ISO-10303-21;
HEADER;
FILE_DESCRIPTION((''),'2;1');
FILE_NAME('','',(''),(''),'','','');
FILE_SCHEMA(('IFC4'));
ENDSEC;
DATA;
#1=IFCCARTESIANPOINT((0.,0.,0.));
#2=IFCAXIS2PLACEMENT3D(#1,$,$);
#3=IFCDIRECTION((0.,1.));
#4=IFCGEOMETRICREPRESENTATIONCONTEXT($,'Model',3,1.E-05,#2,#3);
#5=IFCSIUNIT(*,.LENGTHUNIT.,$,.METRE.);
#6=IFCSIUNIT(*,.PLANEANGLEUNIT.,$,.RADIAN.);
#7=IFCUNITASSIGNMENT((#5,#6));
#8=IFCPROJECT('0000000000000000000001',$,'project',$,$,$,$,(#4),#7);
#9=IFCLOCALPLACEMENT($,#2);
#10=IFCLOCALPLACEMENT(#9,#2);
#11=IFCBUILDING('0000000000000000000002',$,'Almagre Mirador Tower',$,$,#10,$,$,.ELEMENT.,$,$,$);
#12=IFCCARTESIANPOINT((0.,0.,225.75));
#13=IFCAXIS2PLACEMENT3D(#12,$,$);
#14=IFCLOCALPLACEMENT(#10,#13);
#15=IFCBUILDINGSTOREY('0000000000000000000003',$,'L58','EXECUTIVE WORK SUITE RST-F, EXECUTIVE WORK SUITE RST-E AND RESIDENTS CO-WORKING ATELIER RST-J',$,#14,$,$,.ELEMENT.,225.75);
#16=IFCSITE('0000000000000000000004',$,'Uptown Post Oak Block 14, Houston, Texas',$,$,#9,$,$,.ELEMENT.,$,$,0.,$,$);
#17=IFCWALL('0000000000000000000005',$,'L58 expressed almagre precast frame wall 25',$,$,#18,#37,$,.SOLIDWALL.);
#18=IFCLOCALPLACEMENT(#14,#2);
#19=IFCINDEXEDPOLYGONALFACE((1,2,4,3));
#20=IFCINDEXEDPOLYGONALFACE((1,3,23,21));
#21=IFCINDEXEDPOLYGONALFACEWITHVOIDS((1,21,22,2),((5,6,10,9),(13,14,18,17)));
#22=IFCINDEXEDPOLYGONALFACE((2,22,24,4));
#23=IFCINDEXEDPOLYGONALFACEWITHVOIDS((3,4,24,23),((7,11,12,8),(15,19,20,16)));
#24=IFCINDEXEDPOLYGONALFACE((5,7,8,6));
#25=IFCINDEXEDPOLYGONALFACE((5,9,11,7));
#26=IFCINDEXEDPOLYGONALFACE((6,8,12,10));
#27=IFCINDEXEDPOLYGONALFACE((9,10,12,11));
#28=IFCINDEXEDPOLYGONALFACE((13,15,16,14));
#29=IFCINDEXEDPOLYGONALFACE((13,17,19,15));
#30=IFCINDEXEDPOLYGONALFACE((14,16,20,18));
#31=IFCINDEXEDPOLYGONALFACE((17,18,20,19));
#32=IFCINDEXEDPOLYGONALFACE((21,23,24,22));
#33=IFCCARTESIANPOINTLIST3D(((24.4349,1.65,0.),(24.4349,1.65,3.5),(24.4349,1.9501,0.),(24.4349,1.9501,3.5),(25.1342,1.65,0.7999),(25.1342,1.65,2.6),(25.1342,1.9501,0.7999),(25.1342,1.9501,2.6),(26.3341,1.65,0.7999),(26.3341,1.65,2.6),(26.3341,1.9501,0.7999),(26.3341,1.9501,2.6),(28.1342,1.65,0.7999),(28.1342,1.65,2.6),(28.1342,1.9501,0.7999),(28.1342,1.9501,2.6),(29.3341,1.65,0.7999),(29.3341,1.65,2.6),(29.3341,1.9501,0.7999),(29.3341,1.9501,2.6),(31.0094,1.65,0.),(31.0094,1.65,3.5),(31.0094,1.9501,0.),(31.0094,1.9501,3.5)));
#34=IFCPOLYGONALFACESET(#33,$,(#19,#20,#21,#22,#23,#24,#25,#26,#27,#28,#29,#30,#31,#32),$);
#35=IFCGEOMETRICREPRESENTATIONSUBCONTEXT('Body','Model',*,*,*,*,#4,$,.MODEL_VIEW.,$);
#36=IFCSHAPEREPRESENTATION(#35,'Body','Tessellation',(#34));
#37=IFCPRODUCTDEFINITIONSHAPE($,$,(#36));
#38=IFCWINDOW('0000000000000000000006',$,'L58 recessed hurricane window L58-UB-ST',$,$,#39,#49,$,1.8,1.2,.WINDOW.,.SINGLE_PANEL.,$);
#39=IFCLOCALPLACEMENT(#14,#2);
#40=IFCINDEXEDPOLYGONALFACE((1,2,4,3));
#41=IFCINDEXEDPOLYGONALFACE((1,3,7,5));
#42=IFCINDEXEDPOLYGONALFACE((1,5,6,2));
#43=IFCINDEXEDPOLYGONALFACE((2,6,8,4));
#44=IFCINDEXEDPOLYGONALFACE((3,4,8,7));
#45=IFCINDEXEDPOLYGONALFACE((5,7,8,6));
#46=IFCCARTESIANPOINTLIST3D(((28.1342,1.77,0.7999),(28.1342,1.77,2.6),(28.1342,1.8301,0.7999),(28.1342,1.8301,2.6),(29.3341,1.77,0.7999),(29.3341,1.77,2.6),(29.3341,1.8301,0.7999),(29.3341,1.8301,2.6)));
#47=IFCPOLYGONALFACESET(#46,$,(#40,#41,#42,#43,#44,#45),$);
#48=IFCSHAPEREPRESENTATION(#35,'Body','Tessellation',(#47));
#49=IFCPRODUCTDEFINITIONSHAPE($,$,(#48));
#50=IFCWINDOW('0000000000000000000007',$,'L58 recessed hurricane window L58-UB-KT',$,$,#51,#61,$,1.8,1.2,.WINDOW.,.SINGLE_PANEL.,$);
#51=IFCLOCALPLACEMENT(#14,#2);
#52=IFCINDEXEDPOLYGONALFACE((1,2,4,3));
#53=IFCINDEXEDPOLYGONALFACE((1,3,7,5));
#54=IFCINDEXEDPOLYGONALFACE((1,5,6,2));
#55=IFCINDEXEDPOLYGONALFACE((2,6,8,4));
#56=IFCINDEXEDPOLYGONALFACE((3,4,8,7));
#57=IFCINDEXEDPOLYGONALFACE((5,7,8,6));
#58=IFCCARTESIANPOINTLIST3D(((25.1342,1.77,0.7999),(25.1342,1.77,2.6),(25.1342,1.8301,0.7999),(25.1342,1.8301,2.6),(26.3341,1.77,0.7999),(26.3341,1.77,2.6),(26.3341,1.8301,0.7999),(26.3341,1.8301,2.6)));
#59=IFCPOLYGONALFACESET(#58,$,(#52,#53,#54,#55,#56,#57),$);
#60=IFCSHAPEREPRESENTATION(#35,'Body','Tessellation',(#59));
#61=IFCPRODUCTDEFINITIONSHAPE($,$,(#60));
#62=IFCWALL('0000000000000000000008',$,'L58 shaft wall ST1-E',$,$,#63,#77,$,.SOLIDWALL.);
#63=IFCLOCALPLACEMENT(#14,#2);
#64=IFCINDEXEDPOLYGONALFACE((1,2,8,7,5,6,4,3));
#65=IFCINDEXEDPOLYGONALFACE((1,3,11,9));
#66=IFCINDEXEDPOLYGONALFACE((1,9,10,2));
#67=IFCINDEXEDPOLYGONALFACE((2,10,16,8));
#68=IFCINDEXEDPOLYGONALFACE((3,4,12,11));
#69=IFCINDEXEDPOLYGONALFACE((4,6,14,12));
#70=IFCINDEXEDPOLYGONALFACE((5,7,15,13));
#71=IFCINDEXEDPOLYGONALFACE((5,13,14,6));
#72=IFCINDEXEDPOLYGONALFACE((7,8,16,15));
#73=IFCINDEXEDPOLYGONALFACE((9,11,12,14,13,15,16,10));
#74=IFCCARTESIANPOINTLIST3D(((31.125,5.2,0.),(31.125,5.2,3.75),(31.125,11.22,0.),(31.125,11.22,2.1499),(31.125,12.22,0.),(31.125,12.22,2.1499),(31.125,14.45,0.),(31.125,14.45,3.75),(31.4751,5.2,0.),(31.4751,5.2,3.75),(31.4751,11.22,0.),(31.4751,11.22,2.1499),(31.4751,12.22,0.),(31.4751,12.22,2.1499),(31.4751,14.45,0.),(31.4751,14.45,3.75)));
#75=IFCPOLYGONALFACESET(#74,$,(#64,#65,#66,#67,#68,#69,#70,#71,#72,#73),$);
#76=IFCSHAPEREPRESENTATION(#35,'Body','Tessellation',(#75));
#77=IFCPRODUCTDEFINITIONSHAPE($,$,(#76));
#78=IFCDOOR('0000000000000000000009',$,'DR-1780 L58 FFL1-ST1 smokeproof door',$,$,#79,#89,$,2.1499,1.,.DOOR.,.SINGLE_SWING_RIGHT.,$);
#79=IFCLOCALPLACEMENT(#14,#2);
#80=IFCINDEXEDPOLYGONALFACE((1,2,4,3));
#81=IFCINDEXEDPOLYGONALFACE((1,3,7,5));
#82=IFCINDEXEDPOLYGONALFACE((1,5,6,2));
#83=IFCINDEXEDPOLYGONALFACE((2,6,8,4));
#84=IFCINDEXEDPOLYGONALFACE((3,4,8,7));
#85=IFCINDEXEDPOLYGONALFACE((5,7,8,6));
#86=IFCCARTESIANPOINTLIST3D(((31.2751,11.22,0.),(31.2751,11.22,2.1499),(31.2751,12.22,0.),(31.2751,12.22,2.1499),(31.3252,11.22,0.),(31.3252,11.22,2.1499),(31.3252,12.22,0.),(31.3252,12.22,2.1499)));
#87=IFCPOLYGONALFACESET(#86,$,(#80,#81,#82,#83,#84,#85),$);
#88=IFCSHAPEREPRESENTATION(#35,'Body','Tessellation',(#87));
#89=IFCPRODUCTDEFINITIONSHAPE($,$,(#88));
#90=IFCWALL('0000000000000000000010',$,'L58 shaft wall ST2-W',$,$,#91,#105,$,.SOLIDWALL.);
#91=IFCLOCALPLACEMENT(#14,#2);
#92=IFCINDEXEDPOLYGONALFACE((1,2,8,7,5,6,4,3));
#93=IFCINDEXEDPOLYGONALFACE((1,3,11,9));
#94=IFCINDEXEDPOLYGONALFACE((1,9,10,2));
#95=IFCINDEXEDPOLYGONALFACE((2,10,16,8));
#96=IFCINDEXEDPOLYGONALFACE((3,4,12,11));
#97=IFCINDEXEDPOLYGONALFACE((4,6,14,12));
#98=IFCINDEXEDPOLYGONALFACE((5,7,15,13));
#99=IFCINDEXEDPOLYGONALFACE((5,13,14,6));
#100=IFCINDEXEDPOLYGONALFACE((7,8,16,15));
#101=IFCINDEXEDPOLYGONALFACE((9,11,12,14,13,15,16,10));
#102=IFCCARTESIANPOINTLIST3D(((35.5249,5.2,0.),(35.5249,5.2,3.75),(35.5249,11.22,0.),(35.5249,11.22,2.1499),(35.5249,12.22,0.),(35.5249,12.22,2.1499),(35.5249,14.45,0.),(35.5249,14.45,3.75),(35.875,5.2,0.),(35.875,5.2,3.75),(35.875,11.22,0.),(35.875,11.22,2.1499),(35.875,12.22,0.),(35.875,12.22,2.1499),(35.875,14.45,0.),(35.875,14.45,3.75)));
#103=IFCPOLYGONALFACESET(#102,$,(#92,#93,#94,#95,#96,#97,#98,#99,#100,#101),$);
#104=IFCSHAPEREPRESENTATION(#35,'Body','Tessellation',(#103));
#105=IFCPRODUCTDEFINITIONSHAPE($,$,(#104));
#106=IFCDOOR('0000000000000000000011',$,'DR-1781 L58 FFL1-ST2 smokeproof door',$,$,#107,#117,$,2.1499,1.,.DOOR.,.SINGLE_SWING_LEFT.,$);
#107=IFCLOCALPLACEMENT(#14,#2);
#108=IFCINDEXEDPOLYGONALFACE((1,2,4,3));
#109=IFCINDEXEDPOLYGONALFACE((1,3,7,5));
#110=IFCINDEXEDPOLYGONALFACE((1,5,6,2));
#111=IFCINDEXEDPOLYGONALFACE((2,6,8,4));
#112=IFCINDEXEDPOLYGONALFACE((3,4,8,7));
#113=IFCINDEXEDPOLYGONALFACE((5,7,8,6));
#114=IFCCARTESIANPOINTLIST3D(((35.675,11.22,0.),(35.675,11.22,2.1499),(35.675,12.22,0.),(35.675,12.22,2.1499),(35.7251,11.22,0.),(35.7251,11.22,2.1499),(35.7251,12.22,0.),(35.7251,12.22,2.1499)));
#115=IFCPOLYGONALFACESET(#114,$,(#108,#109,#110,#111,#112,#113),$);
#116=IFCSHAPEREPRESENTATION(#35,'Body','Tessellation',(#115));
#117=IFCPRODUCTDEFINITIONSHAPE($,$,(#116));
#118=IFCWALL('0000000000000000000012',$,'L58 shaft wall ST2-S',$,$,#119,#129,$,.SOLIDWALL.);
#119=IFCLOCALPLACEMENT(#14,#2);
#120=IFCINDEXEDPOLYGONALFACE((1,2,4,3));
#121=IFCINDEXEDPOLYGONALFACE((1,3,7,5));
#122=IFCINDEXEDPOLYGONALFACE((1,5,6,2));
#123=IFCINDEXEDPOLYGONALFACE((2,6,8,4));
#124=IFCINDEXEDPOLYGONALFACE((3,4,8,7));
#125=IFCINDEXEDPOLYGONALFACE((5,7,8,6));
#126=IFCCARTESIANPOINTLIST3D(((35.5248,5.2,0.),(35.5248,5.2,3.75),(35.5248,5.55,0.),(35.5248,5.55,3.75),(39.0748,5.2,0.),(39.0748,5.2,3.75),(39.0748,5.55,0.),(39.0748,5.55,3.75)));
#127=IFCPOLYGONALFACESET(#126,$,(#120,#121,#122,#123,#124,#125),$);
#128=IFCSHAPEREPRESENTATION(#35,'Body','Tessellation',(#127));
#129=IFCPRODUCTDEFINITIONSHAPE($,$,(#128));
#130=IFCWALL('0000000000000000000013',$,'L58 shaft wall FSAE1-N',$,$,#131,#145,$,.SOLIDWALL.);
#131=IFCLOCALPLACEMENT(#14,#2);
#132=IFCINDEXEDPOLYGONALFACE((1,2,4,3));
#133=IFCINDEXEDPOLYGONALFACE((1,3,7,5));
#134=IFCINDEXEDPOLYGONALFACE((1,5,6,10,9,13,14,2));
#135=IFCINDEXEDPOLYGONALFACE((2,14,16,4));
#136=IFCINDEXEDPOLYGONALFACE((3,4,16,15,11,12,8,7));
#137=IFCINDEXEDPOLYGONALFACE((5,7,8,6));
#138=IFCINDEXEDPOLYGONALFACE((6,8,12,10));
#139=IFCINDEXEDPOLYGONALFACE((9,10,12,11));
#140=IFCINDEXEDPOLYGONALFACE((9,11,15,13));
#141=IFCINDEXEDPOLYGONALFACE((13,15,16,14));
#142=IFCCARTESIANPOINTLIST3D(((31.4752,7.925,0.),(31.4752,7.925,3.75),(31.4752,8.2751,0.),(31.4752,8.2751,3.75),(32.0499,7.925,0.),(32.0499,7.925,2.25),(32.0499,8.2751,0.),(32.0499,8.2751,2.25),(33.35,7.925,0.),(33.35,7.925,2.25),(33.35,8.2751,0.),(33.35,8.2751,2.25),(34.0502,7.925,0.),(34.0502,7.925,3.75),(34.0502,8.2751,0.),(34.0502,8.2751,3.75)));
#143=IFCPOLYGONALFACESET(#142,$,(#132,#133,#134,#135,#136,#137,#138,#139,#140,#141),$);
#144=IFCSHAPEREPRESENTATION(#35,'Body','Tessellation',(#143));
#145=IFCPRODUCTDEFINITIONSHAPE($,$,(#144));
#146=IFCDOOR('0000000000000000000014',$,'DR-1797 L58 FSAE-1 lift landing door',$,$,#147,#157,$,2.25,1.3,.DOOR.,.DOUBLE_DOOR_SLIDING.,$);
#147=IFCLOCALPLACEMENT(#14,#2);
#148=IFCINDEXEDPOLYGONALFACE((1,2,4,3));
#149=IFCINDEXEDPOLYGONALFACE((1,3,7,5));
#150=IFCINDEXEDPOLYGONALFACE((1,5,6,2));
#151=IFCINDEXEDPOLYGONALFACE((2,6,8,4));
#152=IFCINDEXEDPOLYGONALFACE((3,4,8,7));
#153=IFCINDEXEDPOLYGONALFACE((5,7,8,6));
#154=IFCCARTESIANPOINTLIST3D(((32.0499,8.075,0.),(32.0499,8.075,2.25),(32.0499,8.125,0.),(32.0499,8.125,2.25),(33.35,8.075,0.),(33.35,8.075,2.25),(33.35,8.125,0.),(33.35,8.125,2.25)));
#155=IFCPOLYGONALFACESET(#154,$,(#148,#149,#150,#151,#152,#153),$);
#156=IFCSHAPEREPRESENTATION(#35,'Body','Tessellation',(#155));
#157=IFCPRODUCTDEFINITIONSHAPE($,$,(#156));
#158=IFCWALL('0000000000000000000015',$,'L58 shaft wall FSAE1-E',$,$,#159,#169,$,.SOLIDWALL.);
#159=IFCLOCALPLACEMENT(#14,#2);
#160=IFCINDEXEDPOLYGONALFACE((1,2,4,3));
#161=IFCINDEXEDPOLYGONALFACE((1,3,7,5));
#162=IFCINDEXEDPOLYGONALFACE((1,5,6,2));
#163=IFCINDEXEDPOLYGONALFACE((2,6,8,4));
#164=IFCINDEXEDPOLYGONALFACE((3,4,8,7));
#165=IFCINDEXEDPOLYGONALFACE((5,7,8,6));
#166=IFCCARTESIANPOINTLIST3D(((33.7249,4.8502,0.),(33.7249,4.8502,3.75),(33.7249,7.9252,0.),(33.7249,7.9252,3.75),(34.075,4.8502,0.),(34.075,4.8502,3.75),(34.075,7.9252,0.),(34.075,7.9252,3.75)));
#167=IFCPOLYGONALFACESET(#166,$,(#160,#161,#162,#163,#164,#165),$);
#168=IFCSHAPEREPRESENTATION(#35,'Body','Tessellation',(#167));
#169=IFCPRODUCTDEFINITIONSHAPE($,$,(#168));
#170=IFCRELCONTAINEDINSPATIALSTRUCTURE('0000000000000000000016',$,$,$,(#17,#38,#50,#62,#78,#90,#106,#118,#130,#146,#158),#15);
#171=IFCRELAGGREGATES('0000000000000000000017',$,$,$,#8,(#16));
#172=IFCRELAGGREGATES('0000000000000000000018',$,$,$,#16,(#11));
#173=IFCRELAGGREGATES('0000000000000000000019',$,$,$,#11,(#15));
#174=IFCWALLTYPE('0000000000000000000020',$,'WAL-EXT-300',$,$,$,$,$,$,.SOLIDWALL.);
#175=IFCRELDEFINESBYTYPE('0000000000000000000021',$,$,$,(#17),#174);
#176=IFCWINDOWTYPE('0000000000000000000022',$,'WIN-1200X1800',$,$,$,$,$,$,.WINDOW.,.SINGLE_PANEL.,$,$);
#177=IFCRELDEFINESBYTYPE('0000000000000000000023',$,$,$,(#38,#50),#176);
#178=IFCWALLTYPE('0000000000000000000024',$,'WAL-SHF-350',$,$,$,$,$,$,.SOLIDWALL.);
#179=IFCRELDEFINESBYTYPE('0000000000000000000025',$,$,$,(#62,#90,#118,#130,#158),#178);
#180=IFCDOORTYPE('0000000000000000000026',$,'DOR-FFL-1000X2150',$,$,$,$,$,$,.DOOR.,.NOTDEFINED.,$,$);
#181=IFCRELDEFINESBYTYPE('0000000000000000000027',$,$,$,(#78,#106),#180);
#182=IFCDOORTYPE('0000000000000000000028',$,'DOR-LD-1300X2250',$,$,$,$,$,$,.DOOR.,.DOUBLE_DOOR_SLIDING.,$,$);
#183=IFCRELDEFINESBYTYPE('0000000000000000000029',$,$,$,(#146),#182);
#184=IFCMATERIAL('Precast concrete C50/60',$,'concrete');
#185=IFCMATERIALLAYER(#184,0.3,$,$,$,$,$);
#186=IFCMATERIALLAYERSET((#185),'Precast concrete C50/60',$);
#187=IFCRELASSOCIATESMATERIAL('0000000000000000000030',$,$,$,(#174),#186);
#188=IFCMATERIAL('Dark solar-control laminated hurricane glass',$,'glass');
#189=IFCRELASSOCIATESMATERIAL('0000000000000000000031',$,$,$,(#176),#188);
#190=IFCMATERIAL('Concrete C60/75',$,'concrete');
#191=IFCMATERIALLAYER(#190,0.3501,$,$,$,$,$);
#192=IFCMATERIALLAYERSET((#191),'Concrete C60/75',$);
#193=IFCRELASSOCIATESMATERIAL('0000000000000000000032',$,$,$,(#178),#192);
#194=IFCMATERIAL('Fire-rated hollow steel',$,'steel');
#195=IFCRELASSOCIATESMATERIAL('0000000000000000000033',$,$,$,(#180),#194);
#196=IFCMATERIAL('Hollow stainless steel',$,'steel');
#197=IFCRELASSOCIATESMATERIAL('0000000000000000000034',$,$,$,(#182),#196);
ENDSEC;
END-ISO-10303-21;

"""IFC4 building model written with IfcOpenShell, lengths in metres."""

from ifc_helpers import new_model, si_unit, direction, frame, frame_2d, origin, place, context, subcontext, project, spatial, rectangle, extrude, material, layer, layer_set, type_object, element, fill, save


model = new_model("IFC4")

# Units and contexts
model_context = context("Model", 3, precision=1e-05, world=origin(), true_north=direction((0.0, 1.0)))
body_context = subcontext(model_context, "Body", "Model", "MODEL_VIEW")
ifc_project = project(units=[si_unit("LENGTHUNIT", "METRE"), si_unit("PLANEANGLEUNIT", "RADIAN")], contexts=[model_context])

# Site, building, storey
site_placement = place(None, origin())
site = spatial("IfcSite", under=ifc_project, at=site_placement, Name="Uptown Post Oak Block 14, Houston, Texas", CompositionType="ELEMENT", RefElevation=0.0)
building_placement = place(site_placement, origin())
building = spatial("IfcBuilding", under=site, at=building_placement, Name="Almagre Mirador Tower", CompositionType="ELEMENT")
storey_placement = place(building_placement, frame((0.0, 0.0, 225.75)))
storey = spatial("IfcBuildingStorey", under=building, at=storey_placement, Name="L58", Description="EXECUTIVE WORK SUITE RST-F, EXECUTIVE WORK SUITE RST-E AND RESIDENTS CO-WORKING ATELIER RST-J", CompositionType="ELEMENT", Elevation=225.75)

# Wall, openings, windows
ifc_material_1 = material(Name="Precast concrete C50/60", Category="concrete")
ifc_layer_1 = layer(ifc_material_1, 0.3)
ifc_layer_set_1 = layer_set([ifc_layer_1], Name="Precast concrete C50/60")
wall_type_1 = type_object("IfcWallType", Name="WAL-EXT-300", PredefinedType="SOLIDWALL", material=ifc_layer_set_1)
wall_1_placement = place(storey_placement, frame((31.0093, 1.8, 0.0), z_axis=(0.0, 0.0, 1.0), x_axis=(-1.0, 0.0, 0.0)))
wall_1 = element("IfcWall", 1, at=wall_1_placement, inside=storey, type_object=wall_type_1, Name="L58 expressed almagre precast frame wall 25", PredefinedType="SOLIDWALL", context=body_context, shape_type="SweptSolid", body=[
    extrude(rectangle(XDim=6.5745, YDim=0.3, at=frame_2d((3.2871, 0.0))), origin(), (0.0, 0.0, 1.0), 3.5),
])
opening_1_placement = place(wall_1_placement, frame((1.675, 0.0, 0.8)))
opening_1 = element("IfcOpeningElement", 2, at=opening_1_placement, cuts=wall_1, PredefinedType="OPENING", context=body_context, shape_type="SweptSolid", body=[
    extrude(rectangle(XDim=1.2, YDim=1.8, at=frame_2d((0.6001, 0.8999))), frame((0.0, 0.1599, 0.0), z_axis=(0.0, -1.0, 0.0), x_axis=(1.0, 0.0, 0.0)), (0.0, 0.0, 1.0), 0.32),
])
opening_2_placement = place(wall_1_placement, frame((4.675, 0.0, 0.8)))
opening_2 = element("IfcOpeningElement", 3, at=opening_2_placement, cuts=wall_1, PredefinedType="OPENING", context=body_context, shape_type="SweptSolid", body=[
    extrude(rectangle(XDim=1.2, YDim=1.8, at=frame_2d((0.6001, 0.8999))), frame((0.0, 0.1599, 0.0), z_axis=(0.0, -1.0, 0.0), x_axis=(1.0, 0.0, 0.0)), (0.0, 0.0, 1.0), 0.32),
])
ifc_material_2 = material(Name="Dark solar-control laminated hurricane glass", Category="glass")
window_type = type_object("IfcWindowType", Name="WIN-1200X1800", PartitioningType="SINGLE_PANEL", PredefinedType="WINDOW", material=ifc_material_2)
window_1_placement = place(opening_1_placement, origin())
window_1 = element("IfcWindow", 4, at=window_1_placement, inside=storey, type_object=window_type, Name="L58 recessed hurricane window L58-UB-ST", OverallHeight=1.8, OverallWidth=1.2, PartitioningType="SINGLE_PANEL", PredefinedType="WINDOW", context=body_context, shape_type="SweptSolid", body=[
    extrude(rectangle(XDim=1.2, YDim=1.8, at=frame_2d((0.6001, 0.8999))), frame((0.0, 0.03, 0.0), z_axis=(0.0, -1.0, 0.0), x_axis=(1.0, 0.0, 0.0)), (0.0, 0.0, 1.0), 0.0601),
])
fill(opening_1, window_1)
window_2_placement = place(opening_2_placement, origin())
window_2 = element("IfcWindow", 5, at=window_2_placement, inside=storey, type_object=window_type, Name="L58 recessed hurricane window L58-UB-KT", OverallHeight=1.8, OverallWidth=1.2, PartitioningType="SINGLE_PANEL", PredefinedType="WINDOW", context=body_context, shape_type="SweptSolid", body=[
    extrude(rectangle(XDim=1.2, YDim=1.8, at=frame_2d((0.6001, 0.8999))), frame((0.0, 0.03, 0.0), z_axis=(0.0, -1.0, 0.0), x_axis=(1.0, 0.0, 0.0)), (0.0, 0.0, 1.0), 0.0601),
])
fill(opening_2, window_2)

# Walls, openings, doors
ifc_material_3 = material(Name="Concrete C60/75", Category="concrete")
ifc_layer_2 = layer(ifc_material_3, 0.3501)
ifc_layer_set_2 = layer_set([ifc_layer_2], Name="Concrete C60/75")
wall_type_2 = type_object("IfcWallType", Name="WAL-SHF-350", PredefinedType="SOLIDWALL", material=ifc_layer_set_2)
wall_2_placement = place(storey_placement, frame((31.3, 5.2, 0.0), z_axis=(0.0, 0.0, 1.0), x_axis=(0.0, 1.0, 0.0)))
wall_2 = element("IfcWall", 6, at=wall_2_placement, inside=storey, type_object=wall_type_2, Name="L58 shaft wall ST1-E", PredefinedType="SOLIDWALL", context=body_context, shape_type="SweptSolid", body=[
    extrude(rectangle(XDim=9.25, YDim=0.3501, at=frame_2d((4.625, 0.0))), origin(), (0.0, 0.0, 1.0), 3.75),
])
opening_3_placement = place(wall_2_placement, frame((6.02, 0.0, 0.0)))
opening_3 = element("IfcOpeningElement", 7, at=opening_3_placement, cuts=wall_2, PredefinedType="OPENING", context=body_context, shape_type="SweptSolid", body=[
    extrude(rectangle(XDim=1.0, YDim=2.1499, at=frame_2d((0.5, 1.075))), frame((0.0, 0.185, 0.0), z_axis=(0.0, -1.0, 0.0), x_axis=(1.0, 0.0, 0.0)), (0.0, 0.0, 1.0), 0.3701),
])
ifc_material_4 = material(Name="Fire-rated hollow steel", Category="steel")
door_type_1 = type_object("IfcDoorType", Name="DOR-FFL-1000X2150", OperationType="NOTDEFINED", PredefinedType="DOOR", material=ifc_material_4)
door_1_placement = place(opening_3_placement, origin())
door_1 = element("IfcDoor", 8, at=door_1_placement, inside=storey, type_object=door_type_1, Name="DR-1780 L58 FFL1-ST1 smokeproof door", OperationType="SINGLE_SWING_RIGHT", OverallHeight=2.1499, OverallWidth=1.0, PredefinedType="DOOR", context=body_context, shape_type="SweptSolid", body=[
    extrude(rectangle(XDim=1.0, YDim=2.1499, at=frame_2d((0.5, 1.075))), frame((0.0, 0.0249, 0.0), z_axis=(0.0, -1.0, 0.0), x_axis=(1.0, 0.0, 0.0)), (0.0, 0.0, 1.0), 0.05),
])
fill(opening_3, door_1)
wall_3_placement = place(storey_placement, frame((35.7, 5.2, 0.0), z_axis=(0.0, 0.0, 1.0), x_axis=(0.0, 1.0, 0.0)))
wall_3 = element("IfcWall", 9, at=wall_3_placement, inside=storey, type_object=wall_type_2, Name="L58 shaft wall ST2-W", PredefinedType="SOLIDWALL", context=body_context, shape_type="SweptSolid", body=[
    extrude(rectangle(XDim=9.25, YDim=0.3501, at=frame_2d((4.625, 0.0))), origin(), (0.0, 0.0, 1.0), 3.75),
])
opening_4_placement = place(wall_3_placement, frame((6.02, 0.0, 0.0)))
opening_4 = element("IfcOpeningElement", 10, at=opening_4_placement, cuts=wall_3, PredefinedType="OPENING", context=body_context, shape_type="SweptSolid", body=[
    extrude(rectangle(XDim=1.0, YDim=2.1499, at=frame_2d((0.5, 1.075))), frame((0.0, 0.185, 0.0), z_axis=(0.0, -1.0, 0.0), x_axis=(1.0, 0.0, 0.0)), (0.0, 0.0, 1.0), 0.3701),
])
door_2_placement = place(opening_4_placement, origin())
door_2 = element("IfcDoor", 11, at=door_2_placement, inside=storey, type_object=door_type_1, Name="DR-1781 L58 FFL1-ST2 smokeproof door", OperationType="SINGLE_SWING_LEFT", OverallHeight=2.1499, OverallWidth=1.0, PredefinedType="DOOR", context=body_context, shape_type="SweptSolid", body=[
    extrude(rectangle(XDim=1.0, YDim=2.1499, at=frame_2d((0.5, 1.075))), frame((0.0, 0.0249, 0.0), z_axis=(0.0, -1.0, 0.0), x_axis=(1.0, 0.0, 0.0)), (0.0, 0.0, 1.0), 0.05),
])
fill(opening_4, door_2)

# Wall
wall_4_placement = place(storey_placement, frame((35.5249, 5.375, 0.0), z_axis=(0.0, 0.0, 1.0), x_axis=(1.0, 0.0, 0.0)))
element("IfcWall", 12, at=wall_4_placement, inside=storey, type_object=wall_type_2, Name="L58 shaft wall ST2-S", PredefinedType="SOLIDWALL", context=body_context, shape_type="SweptSolid", body=[
    extrude(rectangle(XDim=3.55, YDim=0.3501, at=frame_2d((1.7749, 0.0))), origin(), (0.0, 0.0, 1.0), 3.75),
])

# Wall, opening, door
wall_5_placement = place(storey_placement, frame((31.4751, 8.1001, 0.0), z_axis=(0.0, 0.0, 1.0), x_axis=(1.0, 0.0, 0.0)))
wall_5 = element("IfcWall", 13, at=wall_5_placement, inside=storey, type_object=wall_type_2, Name="L58 shaft wall FSAE1-N", PredefinedType="SOLIDWALL", context=body_context, shape_type="SweptSolid", body=[
    extrude(rectangle(XDim=2.575, YDim=0.3501, at=frame_2d((1.2876, 0.0))), origin(), (0.0, 0.0, 1.0), 3.75),
])
opening_5_placement = place(wall_5_placement, frame((0.575, 0.0, 0.0)))
opening_5 = element("IfcOpeningElement", 14, at=opening_5_placement, cuts=wall_5, PredefinedType="OPENING", context=body_context, shape_type="SweptSolid", body=[
    extrude(rectangle(XDim=1.3, YDim=2.25, at=frame_2d((0.6499, 1.125))), frame((0.0, 0.185, 0.0), z_axis=(0.0, -1.0, 0.0), x_axis=(1.0, 0.0, 0.0)), (0.0, 0.0, 1.0), 0.3701),
])
ifc_material_5 = material(Name="Hollow stainless steel", Category="steel")
door_type_2 = type_object("IfcDoorType", Name="DOR-LD-1300X2250", OperationType="DOUBLE_DOOR_SLIDING", PredefinedType="DOOR", material=ifc_material_5)
door_3_placement = place(opening_5_placement, origin())
door_3 = element("IfcDoor", 15, at=door_3_placement, inside=storey, type_object=door_type_2, Name="DR-1797 L58 FSAE-1 lift landing door", OperationType="DOUBLE_DOOR_SLIDING", OverallHeight=2.25, OverallWidth=1.3, PredefinedType="DOOR", context=body_context, shape_type="SweptSolid", body=[
    extrude(rectangle(XDim=1.3, YDim=2.25, at=frame_2d((0.6499, 1.125))), frame((0.0, 0.0249, 0.0), z_axis=(0.0, -1.0, 0.0), x_axis=(1.0, 0.0, 0.0)), (0.0, 0.0, 1.0), 0.05),
])
fill(opening_5, door_3)

# Wall
wall_6_placement = place(storey_placement, frame((33.8999, 4.8501, 0.0), z_axis=(0.0, 0.0, 1.0), x_axis=(0.0, 1.0, 0.0)))
element("IfcWall", 16, at=wall_6_placement, inside=storey, type_object=wall_type_2, Name="L58 shaft wall FSAE1-E", PredefinedType="SOLIDWALL", context=body_context, shape_type="SweptSolid", body=[
    extrude(rectangle(XDim=3.075, YDim=0.3501, at=frame_2d((1.5376, 0.0))), origin(), (0.0, 0.0, 1.0), 3.75),
])

save(model, "model.ifc")
